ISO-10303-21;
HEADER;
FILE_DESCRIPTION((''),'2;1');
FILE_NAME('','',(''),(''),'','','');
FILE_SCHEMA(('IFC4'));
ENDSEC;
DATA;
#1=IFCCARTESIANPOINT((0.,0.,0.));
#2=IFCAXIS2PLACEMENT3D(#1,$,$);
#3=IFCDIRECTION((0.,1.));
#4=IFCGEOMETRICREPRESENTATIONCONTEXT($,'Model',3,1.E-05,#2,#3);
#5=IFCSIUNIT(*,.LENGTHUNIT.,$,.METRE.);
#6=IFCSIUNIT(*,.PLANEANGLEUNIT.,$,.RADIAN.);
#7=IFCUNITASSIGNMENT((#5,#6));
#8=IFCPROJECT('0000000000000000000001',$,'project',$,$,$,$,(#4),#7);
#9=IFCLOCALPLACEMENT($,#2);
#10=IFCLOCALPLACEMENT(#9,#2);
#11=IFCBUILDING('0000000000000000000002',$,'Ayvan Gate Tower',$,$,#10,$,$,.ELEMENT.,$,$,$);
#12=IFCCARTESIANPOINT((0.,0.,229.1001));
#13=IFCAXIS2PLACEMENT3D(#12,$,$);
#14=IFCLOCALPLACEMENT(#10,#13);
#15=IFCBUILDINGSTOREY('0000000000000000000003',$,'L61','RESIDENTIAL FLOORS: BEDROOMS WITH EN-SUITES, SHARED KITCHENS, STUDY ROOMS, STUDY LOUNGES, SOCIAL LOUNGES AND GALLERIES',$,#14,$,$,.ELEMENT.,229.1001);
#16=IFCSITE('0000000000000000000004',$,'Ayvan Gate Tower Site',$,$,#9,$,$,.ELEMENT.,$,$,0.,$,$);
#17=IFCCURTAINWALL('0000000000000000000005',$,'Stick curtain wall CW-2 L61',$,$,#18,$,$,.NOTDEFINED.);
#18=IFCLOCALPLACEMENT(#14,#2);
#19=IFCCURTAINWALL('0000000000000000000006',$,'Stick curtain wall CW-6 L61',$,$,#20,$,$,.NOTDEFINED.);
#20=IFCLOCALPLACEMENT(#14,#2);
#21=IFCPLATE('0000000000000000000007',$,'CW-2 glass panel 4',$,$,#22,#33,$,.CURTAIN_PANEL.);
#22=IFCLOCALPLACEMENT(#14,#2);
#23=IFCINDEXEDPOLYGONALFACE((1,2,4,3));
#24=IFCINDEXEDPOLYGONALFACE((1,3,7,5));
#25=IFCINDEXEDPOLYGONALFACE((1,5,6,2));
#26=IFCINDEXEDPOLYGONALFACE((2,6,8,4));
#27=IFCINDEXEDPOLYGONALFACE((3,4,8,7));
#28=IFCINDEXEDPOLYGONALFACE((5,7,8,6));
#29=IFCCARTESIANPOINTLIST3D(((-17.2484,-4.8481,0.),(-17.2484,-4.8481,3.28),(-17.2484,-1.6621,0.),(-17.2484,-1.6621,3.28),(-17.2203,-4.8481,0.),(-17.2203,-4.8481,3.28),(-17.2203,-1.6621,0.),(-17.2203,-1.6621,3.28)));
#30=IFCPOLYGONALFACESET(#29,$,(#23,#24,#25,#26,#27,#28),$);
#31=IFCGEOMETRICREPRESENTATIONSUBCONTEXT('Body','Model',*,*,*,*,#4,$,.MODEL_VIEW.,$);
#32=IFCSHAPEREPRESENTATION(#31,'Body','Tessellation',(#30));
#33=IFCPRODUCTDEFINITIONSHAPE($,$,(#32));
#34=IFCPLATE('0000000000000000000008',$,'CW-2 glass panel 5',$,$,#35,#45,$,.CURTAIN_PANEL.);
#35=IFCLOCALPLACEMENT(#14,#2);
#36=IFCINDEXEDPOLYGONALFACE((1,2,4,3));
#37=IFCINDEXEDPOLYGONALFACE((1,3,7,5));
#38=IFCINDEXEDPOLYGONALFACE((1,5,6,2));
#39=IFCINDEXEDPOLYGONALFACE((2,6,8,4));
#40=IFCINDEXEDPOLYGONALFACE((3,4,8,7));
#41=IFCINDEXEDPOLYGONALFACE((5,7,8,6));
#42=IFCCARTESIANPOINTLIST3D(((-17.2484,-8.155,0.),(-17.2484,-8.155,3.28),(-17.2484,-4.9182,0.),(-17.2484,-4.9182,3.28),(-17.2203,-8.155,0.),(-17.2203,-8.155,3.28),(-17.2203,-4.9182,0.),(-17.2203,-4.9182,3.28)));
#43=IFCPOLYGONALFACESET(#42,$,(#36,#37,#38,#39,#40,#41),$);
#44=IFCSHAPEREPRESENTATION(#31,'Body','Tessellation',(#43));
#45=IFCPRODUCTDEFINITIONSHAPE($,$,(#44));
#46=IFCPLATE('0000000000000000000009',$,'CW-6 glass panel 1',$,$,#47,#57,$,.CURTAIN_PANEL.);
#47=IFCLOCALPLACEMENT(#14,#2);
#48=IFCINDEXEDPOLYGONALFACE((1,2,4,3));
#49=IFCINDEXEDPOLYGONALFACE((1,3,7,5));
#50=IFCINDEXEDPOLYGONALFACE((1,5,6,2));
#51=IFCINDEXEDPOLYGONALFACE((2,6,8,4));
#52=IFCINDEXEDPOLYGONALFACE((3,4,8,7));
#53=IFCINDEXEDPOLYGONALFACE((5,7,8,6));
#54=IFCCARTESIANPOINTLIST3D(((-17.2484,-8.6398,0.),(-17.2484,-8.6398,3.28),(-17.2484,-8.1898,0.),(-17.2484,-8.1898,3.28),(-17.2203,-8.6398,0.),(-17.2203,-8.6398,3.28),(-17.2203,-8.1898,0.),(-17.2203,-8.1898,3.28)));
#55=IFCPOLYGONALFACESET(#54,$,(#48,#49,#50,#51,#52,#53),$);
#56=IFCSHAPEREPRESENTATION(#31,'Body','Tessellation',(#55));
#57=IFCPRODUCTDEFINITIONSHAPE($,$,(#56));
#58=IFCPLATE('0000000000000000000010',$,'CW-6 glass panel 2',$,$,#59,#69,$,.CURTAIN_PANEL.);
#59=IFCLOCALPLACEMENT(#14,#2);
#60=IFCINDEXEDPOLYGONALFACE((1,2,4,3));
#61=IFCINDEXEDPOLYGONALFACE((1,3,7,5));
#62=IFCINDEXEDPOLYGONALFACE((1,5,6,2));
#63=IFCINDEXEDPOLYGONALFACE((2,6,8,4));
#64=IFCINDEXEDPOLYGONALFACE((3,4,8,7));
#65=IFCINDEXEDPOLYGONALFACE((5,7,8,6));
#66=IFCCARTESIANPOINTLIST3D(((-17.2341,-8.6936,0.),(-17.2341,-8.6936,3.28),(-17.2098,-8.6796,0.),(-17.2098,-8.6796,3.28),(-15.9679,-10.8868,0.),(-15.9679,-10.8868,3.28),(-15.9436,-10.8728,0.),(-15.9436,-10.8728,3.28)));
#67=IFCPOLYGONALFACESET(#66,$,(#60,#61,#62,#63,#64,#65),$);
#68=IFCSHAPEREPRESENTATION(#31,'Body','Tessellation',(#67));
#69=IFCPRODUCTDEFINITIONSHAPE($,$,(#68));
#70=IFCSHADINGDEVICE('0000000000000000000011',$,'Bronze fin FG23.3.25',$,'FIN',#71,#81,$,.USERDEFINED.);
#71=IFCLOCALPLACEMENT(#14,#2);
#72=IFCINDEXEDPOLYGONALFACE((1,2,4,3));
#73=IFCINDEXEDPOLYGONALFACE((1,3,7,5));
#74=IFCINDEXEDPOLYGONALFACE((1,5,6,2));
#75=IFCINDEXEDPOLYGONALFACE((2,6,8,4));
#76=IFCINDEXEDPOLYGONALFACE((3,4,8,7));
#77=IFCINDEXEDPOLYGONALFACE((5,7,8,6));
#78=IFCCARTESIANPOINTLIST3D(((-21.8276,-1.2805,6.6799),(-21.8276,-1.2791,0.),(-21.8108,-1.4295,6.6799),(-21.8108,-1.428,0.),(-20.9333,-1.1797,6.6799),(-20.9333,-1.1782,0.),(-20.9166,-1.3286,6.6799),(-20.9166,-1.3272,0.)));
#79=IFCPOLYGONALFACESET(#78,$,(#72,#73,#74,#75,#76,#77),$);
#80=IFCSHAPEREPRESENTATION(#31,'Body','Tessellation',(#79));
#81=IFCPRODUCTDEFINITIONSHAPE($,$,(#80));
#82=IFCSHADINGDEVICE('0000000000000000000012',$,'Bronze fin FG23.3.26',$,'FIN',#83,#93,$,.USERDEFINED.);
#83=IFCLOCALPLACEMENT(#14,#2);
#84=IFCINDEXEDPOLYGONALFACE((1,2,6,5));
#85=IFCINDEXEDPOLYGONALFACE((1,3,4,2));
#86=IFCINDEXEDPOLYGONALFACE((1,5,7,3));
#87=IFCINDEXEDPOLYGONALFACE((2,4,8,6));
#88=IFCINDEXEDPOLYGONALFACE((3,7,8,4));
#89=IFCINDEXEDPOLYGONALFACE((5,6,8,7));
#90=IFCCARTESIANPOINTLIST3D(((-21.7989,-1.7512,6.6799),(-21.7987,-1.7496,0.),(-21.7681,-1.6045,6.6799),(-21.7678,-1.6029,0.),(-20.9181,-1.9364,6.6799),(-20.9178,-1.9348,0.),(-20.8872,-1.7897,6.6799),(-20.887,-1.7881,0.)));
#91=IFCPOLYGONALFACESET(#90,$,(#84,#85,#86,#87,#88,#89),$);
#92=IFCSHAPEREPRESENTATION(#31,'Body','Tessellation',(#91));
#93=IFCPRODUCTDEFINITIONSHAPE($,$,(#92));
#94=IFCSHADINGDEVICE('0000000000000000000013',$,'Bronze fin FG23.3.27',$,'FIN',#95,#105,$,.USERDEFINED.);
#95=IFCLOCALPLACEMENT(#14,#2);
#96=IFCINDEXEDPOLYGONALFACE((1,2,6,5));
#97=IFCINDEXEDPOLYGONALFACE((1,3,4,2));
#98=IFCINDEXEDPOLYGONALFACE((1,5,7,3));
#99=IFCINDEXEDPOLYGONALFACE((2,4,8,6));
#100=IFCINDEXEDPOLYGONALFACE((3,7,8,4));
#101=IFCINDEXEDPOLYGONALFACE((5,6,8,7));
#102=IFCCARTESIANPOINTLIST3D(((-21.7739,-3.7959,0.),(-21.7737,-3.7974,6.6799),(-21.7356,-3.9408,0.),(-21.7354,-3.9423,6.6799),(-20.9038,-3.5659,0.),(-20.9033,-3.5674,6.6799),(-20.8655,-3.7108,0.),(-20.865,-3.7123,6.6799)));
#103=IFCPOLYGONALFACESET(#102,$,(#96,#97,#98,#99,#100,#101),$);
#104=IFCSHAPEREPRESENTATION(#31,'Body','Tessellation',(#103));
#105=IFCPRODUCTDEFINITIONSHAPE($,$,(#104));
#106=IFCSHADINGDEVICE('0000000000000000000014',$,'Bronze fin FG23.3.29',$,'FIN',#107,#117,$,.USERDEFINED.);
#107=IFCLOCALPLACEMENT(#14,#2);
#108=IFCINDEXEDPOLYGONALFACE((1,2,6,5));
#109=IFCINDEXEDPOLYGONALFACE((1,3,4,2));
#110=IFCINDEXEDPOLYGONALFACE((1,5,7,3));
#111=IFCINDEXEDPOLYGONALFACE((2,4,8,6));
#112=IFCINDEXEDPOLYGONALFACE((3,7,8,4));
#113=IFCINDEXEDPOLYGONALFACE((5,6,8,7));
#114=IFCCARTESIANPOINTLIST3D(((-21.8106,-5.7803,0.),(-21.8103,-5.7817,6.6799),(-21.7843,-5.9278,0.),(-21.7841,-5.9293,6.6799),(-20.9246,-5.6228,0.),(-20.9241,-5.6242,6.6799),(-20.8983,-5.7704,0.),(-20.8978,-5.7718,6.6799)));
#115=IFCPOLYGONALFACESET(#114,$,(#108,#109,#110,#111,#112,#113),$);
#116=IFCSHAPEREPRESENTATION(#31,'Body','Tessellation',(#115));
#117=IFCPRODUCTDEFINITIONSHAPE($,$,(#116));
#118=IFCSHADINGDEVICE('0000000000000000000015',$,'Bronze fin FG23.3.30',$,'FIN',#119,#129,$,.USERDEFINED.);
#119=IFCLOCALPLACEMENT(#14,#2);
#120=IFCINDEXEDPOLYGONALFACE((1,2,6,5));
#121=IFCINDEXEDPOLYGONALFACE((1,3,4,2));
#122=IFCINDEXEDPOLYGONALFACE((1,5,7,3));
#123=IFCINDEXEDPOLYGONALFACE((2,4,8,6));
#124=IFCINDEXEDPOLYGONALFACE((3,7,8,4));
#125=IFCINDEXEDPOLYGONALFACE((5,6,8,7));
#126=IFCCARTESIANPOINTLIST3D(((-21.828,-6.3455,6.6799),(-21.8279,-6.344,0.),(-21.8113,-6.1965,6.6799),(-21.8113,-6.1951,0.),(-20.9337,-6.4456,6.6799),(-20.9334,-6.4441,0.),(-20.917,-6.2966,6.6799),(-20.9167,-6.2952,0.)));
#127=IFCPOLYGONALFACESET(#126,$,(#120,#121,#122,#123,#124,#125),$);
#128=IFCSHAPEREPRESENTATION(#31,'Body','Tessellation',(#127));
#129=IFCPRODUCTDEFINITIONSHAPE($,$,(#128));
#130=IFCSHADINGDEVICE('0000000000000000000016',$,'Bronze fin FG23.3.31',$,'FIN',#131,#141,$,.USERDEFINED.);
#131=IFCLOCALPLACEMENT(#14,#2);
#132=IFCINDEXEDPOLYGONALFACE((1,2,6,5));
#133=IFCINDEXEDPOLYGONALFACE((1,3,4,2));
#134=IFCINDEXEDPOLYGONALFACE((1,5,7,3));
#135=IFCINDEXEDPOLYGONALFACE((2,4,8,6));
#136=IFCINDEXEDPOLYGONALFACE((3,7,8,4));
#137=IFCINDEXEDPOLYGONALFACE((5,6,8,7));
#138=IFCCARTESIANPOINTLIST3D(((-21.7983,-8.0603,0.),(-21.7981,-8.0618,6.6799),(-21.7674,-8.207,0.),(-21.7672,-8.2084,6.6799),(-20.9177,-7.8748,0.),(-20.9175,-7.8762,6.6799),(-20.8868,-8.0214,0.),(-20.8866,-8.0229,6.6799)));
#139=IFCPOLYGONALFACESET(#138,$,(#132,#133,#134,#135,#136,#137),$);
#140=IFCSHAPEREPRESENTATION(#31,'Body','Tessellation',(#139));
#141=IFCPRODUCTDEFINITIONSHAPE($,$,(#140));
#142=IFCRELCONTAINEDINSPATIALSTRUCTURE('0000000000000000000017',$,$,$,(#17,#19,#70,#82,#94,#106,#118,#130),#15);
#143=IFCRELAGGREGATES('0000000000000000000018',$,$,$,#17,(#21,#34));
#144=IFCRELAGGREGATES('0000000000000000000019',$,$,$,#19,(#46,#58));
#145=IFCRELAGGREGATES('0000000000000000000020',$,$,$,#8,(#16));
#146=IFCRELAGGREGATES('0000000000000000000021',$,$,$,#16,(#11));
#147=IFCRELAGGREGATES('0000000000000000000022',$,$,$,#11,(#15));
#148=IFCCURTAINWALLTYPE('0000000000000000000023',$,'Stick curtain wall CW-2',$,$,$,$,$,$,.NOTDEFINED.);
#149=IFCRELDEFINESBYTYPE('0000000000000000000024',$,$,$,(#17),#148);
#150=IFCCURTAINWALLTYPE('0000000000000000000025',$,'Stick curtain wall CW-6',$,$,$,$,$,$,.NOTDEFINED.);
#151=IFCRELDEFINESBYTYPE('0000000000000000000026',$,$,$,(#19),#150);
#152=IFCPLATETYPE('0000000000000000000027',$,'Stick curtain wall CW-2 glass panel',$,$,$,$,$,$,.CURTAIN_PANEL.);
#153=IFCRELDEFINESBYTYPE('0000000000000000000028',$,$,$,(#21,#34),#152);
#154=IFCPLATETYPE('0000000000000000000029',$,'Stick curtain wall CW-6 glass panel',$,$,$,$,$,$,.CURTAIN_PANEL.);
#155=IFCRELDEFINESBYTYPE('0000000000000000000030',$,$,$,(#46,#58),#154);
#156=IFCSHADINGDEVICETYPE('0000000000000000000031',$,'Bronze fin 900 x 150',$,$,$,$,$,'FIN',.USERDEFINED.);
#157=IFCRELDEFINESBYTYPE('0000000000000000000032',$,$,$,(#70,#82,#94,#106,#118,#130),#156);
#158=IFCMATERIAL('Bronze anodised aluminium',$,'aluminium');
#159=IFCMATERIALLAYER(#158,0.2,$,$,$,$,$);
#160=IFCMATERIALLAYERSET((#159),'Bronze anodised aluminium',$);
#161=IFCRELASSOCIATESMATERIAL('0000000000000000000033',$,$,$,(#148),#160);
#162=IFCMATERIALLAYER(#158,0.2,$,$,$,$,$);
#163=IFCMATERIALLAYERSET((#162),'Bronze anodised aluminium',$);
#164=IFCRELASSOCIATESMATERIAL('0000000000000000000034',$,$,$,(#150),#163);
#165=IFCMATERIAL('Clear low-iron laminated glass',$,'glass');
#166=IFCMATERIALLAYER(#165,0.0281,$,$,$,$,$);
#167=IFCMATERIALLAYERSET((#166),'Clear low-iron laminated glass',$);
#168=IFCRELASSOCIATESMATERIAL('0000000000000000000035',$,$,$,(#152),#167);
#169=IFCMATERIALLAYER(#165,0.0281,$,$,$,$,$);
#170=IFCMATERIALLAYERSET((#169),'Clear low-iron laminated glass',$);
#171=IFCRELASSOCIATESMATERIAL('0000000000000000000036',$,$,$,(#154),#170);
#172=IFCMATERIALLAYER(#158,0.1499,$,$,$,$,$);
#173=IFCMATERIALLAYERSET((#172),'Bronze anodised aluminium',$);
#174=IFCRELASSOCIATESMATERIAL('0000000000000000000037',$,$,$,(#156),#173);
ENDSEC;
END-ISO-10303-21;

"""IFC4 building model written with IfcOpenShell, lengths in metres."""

from ifc_helpers import new_model, si_unit, direction, frame, origin, origin_2d, place, context, subcontext, project, spatial, polyline, rectangle, outline, extrude, material, layer, layer_set, type_object, element, aggregate, save


model = new_model("IFC4")

# Units and contexts
model_context = context("Model", 3, precision=1e-05, world=origin(), true_north=direction((0.0, 1.0)))
body_context = subcontext(model_context, "Body", "Model", "MODEL_VIEW")
ifc_project = project(units=[si_unit("LENGTHUNIT", "METRE"), si_unit("PLANEANGLEUNIT", "RADIAN")], contexts=[model_context])

# Site, building, storey
site_placement = place(None, origin())
site = spatial("IfcSite", under=ifc_project, at=site_placement, Name="Ayvan Gate Tower Site", CompositionType="ELEMENT", RefElevation=0.0)
building_placement = place(site_placement, origin())
building = spatial("IfcBuilding", under=site, at=building_placement, Name="Ayvan Gate Tower", CompositionType="ELEMENT")
storey_placement = place(building_placement, frame((0.0, 0.0, 229.1001)))
storey = spatial("IfcBuildingStorey", under=building, at=storey_placement, Name="L61", Description="RESIDENTIAL FLOORS: BEDROOMS WITH EN-SUITES, SHARED KITCHENS, STUDY ROOMS, STUDY LOUNGES, SOCIAL LOUNGES AND GALLERIES", CompositionType="ELEMENT", Elevation=229.1001)

# Curtain walls
ifc_material_1 = material(Name="Bronze anodised aluminium", Category="aluminium")
ifc_layer_1 = layer(ifc_material_1, 0.2)
ifc_layer_set_1 = layer_set([ifc_layer_1], Name="Bronze anodised aluminium")
curtain_wall_type_1 = type_object("IfcCurtainWallType", Name="Stick curtain wall CW-2", PredefinedType="NOTDEFINED", material=ifc_layer_set_1)
curtain_wall_1_placement = place(storey_placement, origin())
curtain_wall_1 = element("IfcCurtainWall", 1, at=curtain_wall_1_placement, inside=storey, type_object=curtain_wall_type_1, Name="Stick curtain wall CW-2 L61", PredefinedType="NOTDEFINED")
ifc_layer_2 = layer(ifc_material_1, 0.2)
ifc_layer_set_2 = layer_set([ifc_layer_2], Name="Bronze anodised aluminium")
curtain_wall_type_2 = type_object("IfcCurtainWallType", Name="Stick curtain wall CW-6", PredefinedType="NOTDEFINED", material=ifc_layer_set_2)
curtain_wall_2_placement = place(storey_placement, origin())
curtain_wall_2 = element("IfcCurtainWall", 2, at=curtain_wall_2_placement, inside=storey, type_object=curtain_wall_type_2, Name="Stick curtain wall CW-6 L61", PredefinedType="NOTDEFINED")

# Plates
ifc_material_2 = material(Name="Clear low-iron laminated glass", Category="glass")
ifc_layer_3 = layer(ifc_material_2, 0.0281)
ifc_layer_set_3 = layer_set([ifc_layer_3], Name="Clear low-iron laminated glass")
plate_type_1 = type_object("IfcPlateType", Name="Stick curtain wall CW-2 glass panel", PredefinedType="CURTAIN_PANEL", material=ifc_layer_set_3)
plate_1_placement = place(storey_placement, frame((-17.2344, -3.2551, 0.0), z_axis=(0.0, 0.0, 1.0), x_axis=(0.0, -1.0, 0.0)))
plate_1 = element("IfcPlate", 3, at=plate_1_placement, type_object=plate_type_1, Name="CW-2 glass panel 4", PredefinedType="CURTAIN_PANEL", context=body_context, shape_type="SweptSolid", body=[
    extrude(rectangle(XDim=3.186, YDim=0.0281, at=origin_2d()), origin(), (0.0, 0.0, 1.0), 3.28),
])
plate_2_placement = place(storey_placement, frame((-17.2344, -6.5366, 0.0), z_axis=(0.0, 0.0, 1.0), x_axis=(0.0, -1.0, 0.0)))
plate_2 = element("IfcPlate", 4, at=plate_2_placement, type_object=plate_type_1, Name="CW-2 glass panel 5", PredefinedType="CURTAIN_PANEL", context=body_context, shape_type="SweptSolid", body=[
    extrude(rectangle(XDim=3.2368, YDim=0.0281, at=origin_2d()), origin(), (0.0, 0.0, 1.0), 3.28),
])
aggregate(curtain_wall_1, [plate_1, plate_2])
ifc_layer_4 = layer(ifc_material_2, 0.0281)
ifc_layer_set_4 = layer_set([ifc_layer_4], Name="Clear low-iron laminated glass")
plate_type_2 = type_object("IfcPlateType", Name="Stick curtain wall CW-6 glass panel", PredefinedType="CURTAIN_PANEL", material=ifc_layer_set_4)
plate_3_placement = place(storey_placement, frame((-17.2344, -8.4148, 0.0), z_axis=(0.0, 0.0, 1.0), x_axis=(0.0, -1.0, 0.0)))
plate_3 = element("IfcPlate", 5, at=plate_3_placement, type_object=plate_type_2, Name="CW-6 glass panel 1", PredefinedType="CURTAIN_PANEL", context=body_context, shape_type="SweptSolid", body=[
    extrude(rectangle(XDim=0.45, YDim=0.0281, at=origin_2d()), origin(), (0.0, 0.0, 1.0), 3.28),
])
plate_4_placement = place(storey_placement, frame((-16.5889, -9.7832, 0.0), z_axis=(0.0, 0.0, 1.0), x_axis=(0.5, -0.866025, 0.0)))
plate_4 = element("IfcPlate", 6, at=plate_4_placement, type_object=plate_type_2, Name="CW-6 glass panel 2", PredefinedType="CURTAIN_PANEL", context=body_context, shape_type="SweptSolid", body=[
    extrude(rectangle(XDim=2.5325, YDim=0.0281, at=origin_2d()), origin(), (0.0, 0.0, 1.0), 3.28),
])
aggregate(curtain_wall_2, [plate_3, plate_4])

# Shading devices
ifc_layer_5 = layer(ifc_material_1, 0.1499)
ifc_layer_set_5 = layer_set([ifc_layer_5], Name="Bronze anodised aluminium")
shading_device_type = type_object("IfcShadingDeviceType", Name="Bronze fin 900 x 150", ElementType="FIN", PredefinedType="USERDEFINED", material=ifc_layer_set_5)
shading_device_1_placement = place(storey_placement, frame((-20.9333, -1.1782, 0.0), z_axis=(-0.112039, 0.993704, 0.000218), x_axis=(-0.993704, -0.112039, 0.0)))
element("IfcShadingDevice", 7, at=shading_device_1_placement, inside=storey, type_object=shading_device_type, Name="Bronze fin FG23.3.25", ObjectType="FIN", PredefinedType="USERDEFINED", context=body_context, shape_type="SweptSolid", body=[
    extrude(outline(polyline([(0.0, 0.0), (0.9, 0.0), (0.9001, 6.6799), (0.0002, 6.6799), (0.0, 0.0)])), origin(), (0.0, 0.0, -1.0), 0.1499),
])
shading_device_2_placement = place(storey_placement, frame((-20.887, -1.7881, 0.0), z_axis=(0.20573, 0.978609, 0.00024), x_axis=(-0.978609, 0.20573, 0.0)))
element("IfcShadingDevice", 8, at=shading_device_2_placement, inside=storey, type_object=shading_device_type, Name="Bronze fin FG23.3.26", ObjectType="FIN", PredefinedType="USERDEFINED", context=body_context, shape_type="SweptSolid", body=[
    extrude(outline(polyline([(0.0, 0.0), (0.9001, 0.0), (0.9, 6.6799), (-0.0001, 6.6799), (0.0, 0.0)])), origin(), (0.0, 0.0, -1.0), 0.1499),
])
shading_device_3_placement = place(storey_placement, frame((-20.9038, -3.5659, 0.0), z_axis=(-0.255501, 0.966809, 0.000226), x_axis=(-0.966809, -0.255501, 0.0)))
element("IfcShadingDevice", 9, at=shading_device_3_placement, inside=storey, type_object=shading_device_type, Name="Bronze fin FG23.3.27", ObjectType="FIN", PredefinedType="USERDEFINED", context=body_context, shape_type="SweptSolid", body=[
    extrude(outline(polyline([(0.0, 0.0), (0.9, 0.0), (0.9001, 6.6799), (-0.0001, 6.6799), (0.0, 0.0)])), origin(), (0.0, 0.0, -1.0), 0.1499),
])
shading_device_4_placement = place(storey_placement, frame((-20.9246, -5.6228, 0.0), z_axis=(-0.174969, 0.984574, 0.000225), x_axis=(-0.984574, -0.174969, 0.0)))
element("IfcShadingDevice", 10, at=shading_device_4_placement, inside=storey, type_object=shading_device_type, Name="Bronze fin FG23.3.29", ObjectType="FIN", PredefinedType="USERDEFINED", context=body_context, shape_type="SweptSolid", body=[
    extrude(outline(polyline([(0.0, 0.0), (0.8999, 0.0), (0.8999, 6.6799), (-0.0002, 6.6799), (0.0, 0.0)])), origin(), (0.0, 0.0, -1.0), 0.1499),
])
shading_device_5_placement = place(storey_placement, frame((-20.9167, -6.2952, 0.0), z_axis=(0.11122, 0.993796, 0.00022), x_axis=(-0.993796, 0.11122, 0.0)))
element("IfcShadingDevice", 11, at=shading_device_5_placement, inside=storey, type_object=shading_device_type, Name="Bronze fin FG23.3.30", ObjectType="FIN", PredefinedType="USERDEFINED", context=body_context, shape_type="SweptSolid", body=[
    extrude(outline(polyline([(0.0, 0.0), (0.9001, 0.0), (0.9, 6.6799), (0.0001, 6.6799), (0.0, 0.0)])), origin(), (0.0, 0.0, -1.0), 0.1499),
])
shading_device_6_placement = place(storey_placement, frame((-20.9177, -7.8748, 0.0), z_axis=(-0.206175, 0.978515, 0.000222), x_axis=(-0.978515, -0.206175, 0.0)))
element("IfcShadingDevice", 12, at=shading_device_6_placement, inside=storey, type_object=shading_device_type, Name="Bronze fin FG23.3.31", ObjectType="FIN", PredefinedType="USERDEFINED", context=body_context, shape_type="SweptSolid", body=[
    extrude(outline(polyline([(0.0, 0.0), (0.9, 0.0), (0.9, 6.6799), (0.0001, 6.6799), (0.0, 0.0)])), origin(), (0.0, 0.0, -1.0), 0.1499),
])

save(model, "model.ifc")
